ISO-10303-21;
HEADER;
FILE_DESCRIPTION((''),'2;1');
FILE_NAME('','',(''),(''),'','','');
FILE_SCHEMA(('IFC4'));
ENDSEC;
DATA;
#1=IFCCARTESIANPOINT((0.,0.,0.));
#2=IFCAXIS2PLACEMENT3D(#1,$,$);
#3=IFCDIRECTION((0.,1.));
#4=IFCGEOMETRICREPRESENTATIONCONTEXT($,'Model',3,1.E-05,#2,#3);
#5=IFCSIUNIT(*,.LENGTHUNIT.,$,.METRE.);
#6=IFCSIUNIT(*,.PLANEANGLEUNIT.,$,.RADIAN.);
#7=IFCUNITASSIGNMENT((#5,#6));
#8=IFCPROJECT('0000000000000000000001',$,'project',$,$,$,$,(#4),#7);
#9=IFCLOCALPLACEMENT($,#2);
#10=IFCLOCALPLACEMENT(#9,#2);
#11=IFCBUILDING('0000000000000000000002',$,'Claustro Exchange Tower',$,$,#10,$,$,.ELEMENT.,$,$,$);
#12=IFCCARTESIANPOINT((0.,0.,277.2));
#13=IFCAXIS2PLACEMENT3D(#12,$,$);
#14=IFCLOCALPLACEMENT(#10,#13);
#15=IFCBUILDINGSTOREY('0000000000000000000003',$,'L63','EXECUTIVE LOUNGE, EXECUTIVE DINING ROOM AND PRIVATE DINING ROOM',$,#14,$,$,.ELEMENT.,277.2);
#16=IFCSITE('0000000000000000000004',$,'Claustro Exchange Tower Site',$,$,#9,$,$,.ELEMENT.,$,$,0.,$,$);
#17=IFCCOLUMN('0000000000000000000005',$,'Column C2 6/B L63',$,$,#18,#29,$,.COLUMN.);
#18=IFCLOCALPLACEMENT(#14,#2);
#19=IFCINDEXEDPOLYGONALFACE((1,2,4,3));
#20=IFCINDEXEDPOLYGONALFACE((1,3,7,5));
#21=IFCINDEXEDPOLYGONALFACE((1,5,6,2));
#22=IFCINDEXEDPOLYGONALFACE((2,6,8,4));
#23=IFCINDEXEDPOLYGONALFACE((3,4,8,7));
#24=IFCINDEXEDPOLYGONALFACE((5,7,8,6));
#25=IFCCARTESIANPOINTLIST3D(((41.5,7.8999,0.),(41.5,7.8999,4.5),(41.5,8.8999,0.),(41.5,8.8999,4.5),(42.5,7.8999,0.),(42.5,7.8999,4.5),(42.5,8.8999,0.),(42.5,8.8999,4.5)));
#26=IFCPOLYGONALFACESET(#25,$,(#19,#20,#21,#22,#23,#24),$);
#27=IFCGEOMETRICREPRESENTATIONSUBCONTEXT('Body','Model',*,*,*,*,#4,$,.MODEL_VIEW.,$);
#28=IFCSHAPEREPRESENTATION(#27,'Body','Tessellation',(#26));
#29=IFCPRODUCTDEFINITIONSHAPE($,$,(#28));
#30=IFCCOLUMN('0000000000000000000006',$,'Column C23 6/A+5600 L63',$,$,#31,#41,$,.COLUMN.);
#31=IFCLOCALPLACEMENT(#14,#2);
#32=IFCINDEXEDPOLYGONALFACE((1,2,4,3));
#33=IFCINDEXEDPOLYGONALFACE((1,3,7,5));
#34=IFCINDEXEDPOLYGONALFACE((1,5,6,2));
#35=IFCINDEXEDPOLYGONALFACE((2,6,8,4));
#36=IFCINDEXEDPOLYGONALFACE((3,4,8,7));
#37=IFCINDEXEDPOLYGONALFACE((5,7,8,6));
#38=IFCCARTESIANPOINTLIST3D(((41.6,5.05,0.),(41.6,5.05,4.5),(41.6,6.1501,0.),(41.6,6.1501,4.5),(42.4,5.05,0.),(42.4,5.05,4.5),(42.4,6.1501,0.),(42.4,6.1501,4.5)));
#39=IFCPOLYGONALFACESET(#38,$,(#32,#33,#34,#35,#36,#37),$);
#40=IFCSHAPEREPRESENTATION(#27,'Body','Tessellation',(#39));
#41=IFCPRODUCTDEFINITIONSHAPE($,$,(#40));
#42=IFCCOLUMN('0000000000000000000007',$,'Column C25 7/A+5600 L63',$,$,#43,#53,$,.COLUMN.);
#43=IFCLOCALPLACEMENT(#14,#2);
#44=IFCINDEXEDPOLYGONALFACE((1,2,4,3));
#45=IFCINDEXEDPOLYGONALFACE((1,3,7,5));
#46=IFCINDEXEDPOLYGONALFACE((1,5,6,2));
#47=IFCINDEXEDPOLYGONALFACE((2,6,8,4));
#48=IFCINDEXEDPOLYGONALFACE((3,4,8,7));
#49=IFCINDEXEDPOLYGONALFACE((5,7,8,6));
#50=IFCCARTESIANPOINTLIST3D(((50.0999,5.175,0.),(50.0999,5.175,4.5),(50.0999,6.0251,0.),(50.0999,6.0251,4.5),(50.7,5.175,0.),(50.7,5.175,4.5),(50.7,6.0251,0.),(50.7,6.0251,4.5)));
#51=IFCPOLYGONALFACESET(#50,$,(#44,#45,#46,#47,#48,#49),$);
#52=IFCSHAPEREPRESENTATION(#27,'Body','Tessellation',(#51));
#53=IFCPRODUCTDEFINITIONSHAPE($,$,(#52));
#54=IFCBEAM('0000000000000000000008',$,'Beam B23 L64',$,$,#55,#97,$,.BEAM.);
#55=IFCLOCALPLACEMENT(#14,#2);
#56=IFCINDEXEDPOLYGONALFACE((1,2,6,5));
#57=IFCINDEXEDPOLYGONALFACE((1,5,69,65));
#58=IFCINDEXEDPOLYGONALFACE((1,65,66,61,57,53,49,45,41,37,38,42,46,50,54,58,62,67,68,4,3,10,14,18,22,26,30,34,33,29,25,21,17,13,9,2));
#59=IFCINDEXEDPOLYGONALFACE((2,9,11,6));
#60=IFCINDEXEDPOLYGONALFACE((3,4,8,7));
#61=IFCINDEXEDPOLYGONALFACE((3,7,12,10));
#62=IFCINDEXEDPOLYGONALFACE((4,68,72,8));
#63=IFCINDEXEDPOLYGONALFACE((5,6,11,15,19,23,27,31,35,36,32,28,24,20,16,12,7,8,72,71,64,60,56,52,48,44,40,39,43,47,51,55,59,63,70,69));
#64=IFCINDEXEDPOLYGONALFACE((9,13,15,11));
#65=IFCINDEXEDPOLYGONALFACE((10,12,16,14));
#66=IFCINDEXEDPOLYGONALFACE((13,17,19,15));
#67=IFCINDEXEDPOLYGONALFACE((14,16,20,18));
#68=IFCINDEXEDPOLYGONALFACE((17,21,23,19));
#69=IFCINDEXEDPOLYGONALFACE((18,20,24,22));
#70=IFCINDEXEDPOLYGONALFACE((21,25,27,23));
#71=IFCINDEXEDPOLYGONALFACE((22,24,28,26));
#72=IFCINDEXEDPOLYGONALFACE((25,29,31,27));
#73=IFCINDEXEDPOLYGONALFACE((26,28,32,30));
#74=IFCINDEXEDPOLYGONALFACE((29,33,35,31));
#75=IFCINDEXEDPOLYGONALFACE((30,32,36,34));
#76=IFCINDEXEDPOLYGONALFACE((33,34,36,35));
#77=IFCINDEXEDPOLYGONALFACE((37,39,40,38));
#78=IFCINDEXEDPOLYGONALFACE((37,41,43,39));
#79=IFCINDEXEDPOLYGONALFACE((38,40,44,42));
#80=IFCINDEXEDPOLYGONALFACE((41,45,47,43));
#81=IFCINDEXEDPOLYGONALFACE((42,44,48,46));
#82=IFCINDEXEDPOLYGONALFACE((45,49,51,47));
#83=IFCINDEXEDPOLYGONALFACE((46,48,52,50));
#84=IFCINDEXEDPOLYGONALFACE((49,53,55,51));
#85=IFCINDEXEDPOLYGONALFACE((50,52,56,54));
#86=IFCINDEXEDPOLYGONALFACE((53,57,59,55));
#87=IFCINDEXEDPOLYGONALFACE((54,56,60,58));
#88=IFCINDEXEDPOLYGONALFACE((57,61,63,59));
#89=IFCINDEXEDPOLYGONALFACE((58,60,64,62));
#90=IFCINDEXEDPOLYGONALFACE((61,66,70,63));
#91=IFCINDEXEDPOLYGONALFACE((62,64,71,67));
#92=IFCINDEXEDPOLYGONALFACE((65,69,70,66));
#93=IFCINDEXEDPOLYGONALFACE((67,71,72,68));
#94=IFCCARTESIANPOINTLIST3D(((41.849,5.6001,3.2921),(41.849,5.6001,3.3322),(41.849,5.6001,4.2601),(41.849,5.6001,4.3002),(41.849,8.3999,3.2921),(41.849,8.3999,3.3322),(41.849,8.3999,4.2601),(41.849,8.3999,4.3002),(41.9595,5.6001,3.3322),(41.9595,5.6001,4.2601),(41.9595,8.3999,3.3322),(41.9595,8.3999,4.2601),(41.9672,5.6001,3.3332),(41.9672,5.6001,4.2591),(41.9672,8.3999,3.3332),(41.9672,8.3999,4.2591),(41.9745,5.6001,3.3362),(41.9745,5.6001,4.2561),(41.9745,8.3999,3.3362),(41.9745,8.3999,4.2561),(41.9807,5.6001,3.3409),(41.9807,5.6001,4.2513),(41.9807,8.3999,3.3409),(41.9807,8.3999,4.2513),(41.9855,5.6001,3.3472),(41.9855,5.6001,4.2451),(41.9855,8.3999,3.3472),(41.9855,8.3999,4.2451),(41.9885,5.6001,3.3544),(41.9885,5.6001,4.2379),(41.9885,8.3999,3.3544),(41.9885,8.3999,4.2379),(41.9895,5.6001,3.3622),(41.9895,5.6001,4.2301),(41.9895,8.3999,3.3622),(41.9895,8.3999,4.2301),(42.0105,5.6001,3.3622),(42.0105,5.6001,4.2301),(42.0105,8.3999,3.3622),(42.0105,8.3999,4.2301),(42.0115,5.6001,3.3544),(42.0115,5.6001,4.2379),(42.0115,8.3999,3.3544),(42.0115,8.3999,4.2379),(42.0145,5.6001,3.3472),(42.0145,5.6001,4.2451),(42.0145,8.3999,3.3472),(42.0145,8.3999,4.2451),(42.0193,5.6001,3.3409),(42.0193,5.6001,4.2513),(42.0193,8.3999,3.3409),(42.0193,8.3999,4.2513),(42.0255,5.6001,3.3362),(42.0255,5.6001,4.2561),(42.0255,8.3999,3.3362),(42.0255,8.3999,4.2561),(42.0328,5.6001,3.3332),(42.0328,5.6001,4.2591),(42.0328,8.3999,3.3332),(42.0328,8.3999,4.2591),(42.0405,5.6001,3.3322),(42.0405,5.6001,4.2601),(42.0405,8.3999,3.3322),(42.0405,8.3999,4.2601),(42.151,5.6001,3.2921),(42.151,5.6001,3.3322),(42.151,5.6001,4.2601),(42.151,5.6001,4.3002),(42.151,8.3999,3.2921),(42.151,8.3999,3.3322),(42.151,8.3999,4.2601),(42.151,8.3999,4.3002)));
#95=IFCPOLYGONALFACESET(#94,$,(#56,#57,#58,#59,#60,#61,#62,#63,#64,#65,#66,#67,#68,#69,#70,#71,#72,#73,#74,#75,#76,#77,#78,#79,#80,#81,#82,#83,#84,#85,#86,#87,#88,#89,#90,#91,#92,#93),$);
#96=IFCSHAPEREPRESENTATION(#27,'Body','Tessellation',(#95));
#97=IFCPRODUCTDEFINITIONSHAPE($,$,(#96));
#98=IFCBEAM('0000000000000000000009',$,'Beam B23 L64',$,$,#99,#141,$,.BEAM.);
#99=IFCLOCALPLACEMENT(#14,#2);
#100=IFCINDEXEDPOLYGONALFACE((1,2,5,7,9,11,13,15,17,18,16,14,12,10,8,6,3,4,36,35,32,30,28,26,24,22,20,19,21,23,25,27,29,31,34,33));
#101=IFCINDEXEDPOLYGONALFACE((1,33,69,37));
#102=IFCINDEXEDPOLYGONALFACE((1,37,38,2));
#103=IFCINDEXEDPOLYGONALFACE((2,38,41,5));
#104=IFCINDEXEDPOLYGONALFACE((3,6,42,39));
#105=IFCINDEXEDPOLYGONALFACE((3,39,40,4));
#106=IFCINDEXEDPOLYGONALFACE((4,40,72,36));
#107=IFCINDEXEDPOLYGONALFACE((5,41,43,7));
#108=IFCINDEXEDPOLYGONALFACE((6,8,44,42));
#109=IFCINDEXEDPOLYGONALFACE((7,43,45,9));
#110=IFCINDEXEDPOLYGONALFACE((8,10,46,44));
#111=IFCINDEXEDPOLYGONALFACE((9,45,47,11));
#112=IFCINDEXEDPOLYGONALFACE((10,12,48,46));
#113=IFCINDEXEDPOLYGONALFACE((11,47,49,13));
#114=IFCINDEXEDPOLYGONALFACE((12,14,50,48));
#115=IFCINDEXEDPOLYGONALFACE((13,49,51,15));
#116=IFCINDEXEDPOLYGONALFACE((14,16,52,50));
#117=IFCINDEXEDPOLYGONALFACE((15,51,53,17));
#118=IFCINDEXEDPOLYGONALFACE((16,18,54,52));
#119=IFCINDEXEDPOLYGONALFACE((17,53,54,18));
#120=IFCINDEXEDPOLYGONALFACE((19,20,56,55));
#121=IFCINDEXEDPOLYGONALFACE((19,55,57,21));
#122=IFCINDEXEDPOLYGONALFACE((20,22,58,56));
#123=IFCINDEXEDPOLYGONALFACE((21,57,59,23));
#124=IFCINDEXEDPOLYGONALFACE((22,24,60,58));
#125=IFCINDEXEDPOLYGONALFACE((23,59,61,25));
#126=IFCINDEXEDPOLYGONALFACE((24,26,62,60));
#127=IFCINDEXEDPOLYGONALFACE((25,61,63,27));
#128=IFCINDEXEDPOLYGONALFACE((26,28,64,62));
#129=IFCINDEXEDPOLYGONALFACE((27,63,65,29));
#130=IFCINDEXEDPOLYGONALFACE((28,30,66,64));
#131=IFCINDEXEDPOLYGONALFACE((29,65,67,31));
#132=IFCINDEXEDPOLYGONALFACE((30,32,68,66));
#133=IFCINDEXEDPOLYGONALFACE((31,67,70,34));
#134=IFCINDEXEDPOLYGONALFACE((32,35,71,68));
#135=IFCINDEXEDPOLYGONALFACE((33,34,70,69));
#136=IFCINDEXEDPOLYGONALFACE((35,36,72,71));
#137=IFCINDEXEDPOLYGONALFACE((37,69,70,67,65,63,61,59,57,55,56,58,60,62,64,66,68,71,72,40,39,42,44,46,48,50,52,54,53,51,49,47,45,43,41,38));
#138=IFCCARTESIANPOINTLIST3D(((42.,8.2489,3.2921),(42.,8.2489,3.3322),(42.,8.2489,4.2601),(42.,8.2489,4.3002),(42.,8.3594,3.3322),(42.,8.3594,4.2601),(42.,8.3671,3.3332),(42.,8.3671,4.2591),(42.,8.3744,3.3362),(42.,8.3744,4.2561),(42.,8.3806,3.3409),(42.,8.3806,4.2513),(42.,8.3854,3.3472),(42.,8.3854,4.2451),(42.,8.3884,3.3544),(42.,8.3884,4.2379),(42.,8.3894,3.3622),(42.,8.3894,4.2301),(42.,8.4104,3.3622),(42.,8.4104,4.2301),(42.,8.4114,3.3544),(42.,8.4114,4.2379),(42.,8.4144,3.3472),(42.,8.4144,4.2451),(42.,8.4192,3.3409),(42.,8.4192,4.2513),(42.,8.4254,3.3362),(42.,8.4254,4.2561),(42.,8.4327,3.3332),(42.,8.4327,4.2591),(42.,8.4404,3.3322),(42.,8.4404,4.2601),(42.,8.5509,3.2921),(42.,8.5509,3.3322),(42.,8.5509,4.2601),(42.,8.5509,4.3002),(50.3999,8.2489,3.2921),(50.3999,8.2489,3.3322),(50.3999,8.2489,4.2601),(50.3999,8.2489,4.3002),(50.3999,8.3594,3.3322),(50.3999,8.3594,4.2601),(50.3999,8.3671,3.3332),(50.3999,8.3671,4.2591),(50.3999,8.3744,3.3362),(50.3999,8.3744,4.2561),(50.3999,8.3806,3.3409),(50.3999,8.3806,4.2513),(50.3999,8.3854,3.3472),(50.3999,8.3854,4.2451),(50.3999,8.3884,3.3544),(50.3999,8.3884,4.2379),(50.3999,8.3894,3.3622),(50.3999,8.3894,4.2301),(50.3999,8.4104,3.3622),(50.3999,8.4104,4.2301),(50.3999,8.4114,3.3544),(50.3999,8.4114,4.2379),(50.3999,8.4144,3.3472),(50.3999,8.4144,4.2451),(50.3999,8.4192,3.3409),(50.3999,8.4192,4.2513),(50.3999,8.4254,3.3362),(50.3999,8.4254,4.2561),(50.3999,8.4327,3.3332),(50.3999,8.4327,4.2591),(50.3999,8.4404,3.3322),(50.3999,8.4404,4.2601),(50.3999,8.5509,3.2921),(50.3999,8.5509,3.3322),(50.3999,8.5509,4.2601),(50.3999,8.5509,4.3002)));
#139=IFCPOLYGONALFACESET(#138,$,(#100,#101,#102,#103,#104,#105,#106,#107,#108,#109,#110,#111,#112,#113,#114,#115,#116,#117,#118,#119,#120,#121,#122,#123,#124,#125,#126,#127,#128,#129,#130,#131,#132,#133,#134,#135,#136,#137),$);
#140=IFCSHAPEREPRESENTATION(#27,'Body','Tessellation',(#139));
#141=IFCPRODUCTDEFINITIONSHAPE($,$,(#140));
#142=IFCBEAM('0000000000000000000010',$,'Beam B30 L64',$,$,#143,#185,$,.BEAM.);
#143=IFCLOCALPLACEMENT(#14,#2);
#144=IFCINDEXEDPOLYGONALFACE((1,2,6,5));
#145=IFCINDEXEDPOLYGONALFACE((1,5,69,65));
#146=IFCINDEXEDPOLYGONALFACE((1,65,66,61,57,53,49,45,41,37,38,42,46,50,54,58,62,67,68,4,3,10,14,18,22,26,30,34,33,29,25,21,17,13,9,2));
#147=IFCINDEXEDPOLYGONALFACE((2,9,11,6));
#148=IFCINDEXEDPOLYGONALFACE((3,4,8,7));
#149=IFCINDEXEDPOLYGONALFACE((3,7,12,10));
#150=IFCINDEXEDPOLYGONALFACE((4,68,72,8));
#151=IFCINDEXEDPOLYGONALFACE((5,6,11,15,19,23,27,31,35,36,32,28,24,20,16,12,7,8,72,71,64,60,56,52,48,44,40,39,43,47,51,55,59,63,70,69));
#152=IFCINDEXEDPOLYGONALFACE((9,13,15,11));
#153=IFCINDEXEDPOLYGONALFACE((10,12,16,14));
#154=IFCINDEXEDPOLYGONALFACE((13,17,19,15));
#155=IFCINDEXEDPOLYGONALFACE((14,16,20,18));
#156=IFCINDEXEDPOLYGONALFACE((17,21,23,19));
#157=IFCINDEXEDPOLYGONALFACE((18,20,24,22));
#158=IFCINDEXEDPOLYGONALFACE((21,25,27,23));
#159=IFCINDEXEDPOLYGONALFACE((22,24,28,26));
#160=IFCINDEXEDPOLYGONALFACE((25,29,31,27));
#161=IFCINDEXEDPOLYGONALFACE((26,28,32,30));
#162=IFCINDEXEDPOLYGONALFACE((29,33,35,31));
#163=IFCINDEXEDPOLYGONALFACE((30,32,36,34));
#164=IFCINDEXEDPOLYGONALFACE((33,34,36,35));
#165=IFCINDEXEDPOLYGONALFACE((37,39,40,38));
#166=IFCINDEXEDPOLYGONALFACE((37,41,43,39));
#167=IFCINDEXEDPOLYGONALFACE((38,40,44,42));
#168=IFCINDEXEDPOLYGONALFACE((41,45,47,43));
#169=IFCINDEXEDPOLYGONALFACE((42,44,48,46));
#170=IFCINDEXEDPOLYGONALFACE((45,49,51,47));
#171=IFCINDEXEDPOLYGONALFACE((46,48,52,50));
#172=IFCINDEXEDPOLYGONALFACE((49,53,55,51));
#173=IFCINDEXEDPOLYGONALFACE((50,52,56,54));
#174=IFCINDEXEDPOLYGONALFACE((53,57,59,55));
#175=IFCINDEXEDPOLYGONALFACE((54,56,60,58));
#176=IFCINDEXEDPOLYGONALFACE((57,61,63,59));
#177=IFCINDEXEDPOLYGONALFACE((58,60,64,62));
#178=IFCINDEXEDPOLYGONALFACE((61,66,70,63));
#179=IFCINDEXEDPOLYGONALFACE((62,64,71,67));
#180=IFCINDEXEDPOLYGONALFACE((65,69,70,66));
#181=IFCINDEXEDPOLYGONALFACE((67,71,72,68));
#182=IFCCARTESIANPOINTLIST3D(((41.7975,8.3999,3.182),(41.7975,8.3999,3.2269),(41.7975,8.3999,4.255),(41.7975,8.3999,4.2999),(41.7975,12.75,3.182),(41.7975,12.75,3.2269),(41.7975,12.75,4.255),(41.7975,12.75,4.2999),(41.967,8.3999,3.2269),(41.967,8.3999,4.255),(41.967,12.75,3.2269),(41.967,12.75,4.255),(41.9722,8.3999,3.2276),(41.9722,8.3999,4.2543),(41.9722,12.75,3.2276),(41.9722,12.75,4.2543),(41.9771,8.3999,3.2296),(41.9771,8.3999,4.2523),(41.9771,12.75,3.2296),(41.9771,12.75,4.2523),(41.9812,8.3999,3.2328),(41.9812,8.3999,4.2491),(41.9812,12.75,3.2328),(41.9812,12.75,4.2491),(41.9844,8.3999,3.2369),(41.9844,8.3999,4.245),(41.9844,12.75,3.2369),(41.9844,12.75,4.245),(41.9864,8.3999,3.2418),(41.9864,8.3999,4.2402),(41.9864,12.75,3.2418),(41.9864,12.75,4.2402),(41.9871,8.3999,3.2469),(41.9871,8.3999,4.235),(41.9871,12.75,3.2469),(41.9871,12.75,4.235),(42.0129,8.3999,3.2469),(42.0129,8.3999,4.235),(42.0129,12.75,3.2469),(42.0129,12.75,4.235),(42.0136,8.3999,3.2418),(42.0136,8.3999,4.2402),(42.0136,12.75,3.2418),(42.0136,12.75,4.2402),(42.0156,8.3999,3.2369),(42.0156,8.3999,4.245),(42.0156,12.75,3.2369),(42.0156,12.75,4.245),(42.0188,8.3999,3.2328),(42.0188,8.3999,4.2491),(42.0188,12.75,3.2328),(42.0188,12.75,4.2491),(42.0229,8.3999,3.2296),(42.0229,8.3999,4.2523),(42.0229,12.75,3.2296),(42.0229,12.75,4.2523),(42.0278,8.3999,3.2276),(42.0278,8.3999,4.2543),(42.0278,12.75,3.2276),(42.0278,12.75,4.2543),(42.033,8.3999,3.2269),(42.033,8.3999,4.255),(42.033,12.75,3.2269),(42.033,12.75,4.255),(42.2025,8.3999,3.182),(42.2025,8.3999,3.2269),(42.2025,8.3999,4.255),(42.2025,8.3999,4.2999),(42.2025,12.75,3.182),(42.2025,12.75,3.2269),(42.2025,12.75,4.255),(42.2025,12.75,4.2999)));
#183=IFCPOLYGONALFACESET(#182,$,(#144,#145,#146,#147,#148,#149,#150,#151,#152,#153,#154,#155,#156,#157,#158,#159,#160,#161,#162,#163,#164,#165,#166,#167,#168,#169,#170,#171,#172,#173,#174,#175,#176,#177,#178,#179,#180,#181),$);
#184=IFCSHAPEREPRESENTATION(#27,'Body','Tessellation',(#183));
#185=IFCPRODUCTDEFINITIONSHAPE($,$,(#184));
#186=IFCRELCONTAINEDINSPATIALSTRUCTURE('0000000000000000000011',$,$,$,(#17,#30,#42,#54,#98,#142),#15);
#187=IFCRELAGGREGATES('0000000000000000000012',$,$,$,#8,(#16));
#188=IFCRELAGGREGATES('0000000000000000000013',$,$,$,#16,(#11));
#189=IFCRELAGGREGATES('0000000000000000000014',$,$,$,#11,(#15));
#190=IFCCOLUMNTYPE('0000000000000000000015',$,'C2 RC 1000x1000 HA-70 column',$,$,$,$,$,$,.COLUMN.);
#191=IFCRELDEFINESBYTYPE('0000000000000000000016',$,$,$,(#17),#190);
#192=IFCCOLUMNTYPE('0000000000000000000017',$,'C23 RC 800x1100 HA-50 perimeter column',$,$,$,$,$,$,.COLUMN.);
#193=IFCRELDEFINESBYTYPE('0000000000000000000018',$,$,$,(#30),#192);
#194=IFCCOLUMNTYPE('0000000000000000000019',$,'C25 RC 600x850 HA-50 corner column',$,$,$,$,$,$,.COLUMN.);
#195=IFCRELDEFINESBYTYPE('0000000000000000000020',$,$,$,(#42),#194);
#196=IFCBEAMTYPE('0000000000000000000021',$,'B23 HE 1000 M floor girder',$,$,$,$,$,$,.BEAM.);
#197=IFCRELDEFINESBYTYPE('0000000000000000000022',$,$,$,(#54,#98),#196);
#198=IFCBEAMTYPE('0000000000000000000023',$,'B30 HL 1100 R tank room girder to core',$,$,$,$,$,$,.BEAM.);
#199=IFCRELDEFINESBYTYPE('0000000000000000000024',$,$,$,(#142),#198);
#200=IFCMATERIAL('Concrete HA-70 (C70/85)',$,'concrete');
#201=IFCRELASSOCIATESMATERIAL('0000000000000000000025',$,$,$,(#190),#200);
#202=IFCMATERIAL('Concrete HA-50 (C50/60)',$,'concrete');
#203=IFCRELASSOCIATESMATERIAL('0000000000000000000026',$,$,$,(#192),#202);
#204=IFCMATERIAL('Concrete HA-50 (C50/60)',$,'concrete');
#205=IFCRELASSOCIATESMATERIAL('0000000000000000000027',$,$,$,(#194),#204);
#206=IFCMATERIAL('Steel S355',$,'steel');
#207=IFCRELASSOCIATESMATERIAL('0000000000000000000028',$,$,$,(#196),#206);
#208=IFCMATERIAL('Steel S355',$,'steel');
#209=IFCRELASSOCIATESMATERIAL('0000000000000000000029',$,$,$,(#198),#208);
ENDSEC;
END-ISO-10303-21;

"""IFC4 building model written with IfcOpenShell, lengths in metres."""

from ifc_helpers import new_model, si_unit, direction, frame, origin, origin_2d, place, context, subcontext, project, spatial, rectangle, i_section, extrude, material, material_profile, profile_set, type_object, element, save


model = new_model("IFC4")

# Units and contexts
model_context = context("Model", 3, precision=1e-05, world=origin(), true_north=direction((0.0, 1.0)))
body_context = subcontext(model_context, "Body", "Model", "MODEL_VIEW")
ifc_project = project(units=[si_unit("LENGTHUNIT", "METRE"), si_unit("PLANEANGLEUNIT", "RADIAN")], contexts=[model_context])

# Site, building, storey
site_placement = place(None, origin())
site = spatial("IfcSite", under=ifc_project, at=site_placement, Name="Claustro Exchange Tower Site", CompositionType="ELEMENT", RefElevation=0.0)
building_placement = place(site_placement, origin())
building = spatial("IfcBuilding", under=site, at=building_placement, Name="Claustro Exchange Tower", CompositionType="ELEMENT")
storey_placement = place(building_placement, frame((0.0, 0.0, 277.2)))
storey = spatial("IfcBuildingStorey", under=building, at=storey_placement, Name="L63", Description="EXECUTIVE LOUNGE, EXECUTIVE DINING ROOM AND PRIVATE DINING ROOM", CompositionType="ELEMENT", Elevation=277.2)

# Columns
ifc_material_1 = material(Name="Concrete HA-70 (C70/85)", Category="concrete")
ifc_material_profile_1 = material_profile(ifc_material_1, rectangle(XDim=1.0, YDim=1.0, at=origin_2d()), Name="RC 1000x1000")
ifc_profile_set_1 = profile_set([ifc_material_profile_1], Name="Concrete HA-70 (C70/85)")
column_type_1 = type_object("IfcColumnType", Name="C2 RC 1000x1000 HA-70 column", PredefinedType="COLUMN", material=ifc_profile_set_1)
column_1_placement = place(storey_placement, frame((42.0, 8.3999, 0.0), z_axis=(0.0, 0.0, 1.0), x_axis=(1.0, 0.0, 0.0)))
element("IfcColumn", 1, at=column_1_placement, inside=storey, type_object=column_type_1, Name="Column C2 6/B L63", PredefinedType="COLUMN", context=body_context, shape_type="SweptSolid", body=[
    extrude(rectangle(XDim=1.0, YDim=1.0, at=origin_2d()), origin(), (0.0, 0.0, 1.0), 4.5),
])
ifc_material_2 = material(Name="Concrete HA-50 (C50/60)", Category="concrete")
ifc_material_profile_2 = material_profile(ifc_material_2, rectangle(XDim=0.8, YDim=1.1001, at=origin_2d()), Name="RC 800x1100")
ifc_profile_set_2 = profile_set([ifc_material_profile_2], Name="Concrete HA-50 (C50/60)")
column_type_2 = type_object("IfcColumnType", Name="C23 RC 800x1100 HA-50 perimeter column", PredefinedType="COLUMN", material=ifc_profile_set_2)
column_2_placement = place(storey_placement, frame((42.0, 5.6001, 0.0), z_axis=(0.0, 0.0, 1.0), x_axis=(1.0, 0.0, 0.0)))
element("IfcColumn", 2, at=column_2_placement, inside=storey, type_object=column_type_2, Name="Column C23 6/A+5600 L63", PredefinedType="COLUMN", context=body_context, shape_type="SweptSolid", body=[
    extrude(rectangle(XDim=0.8, YDim=1.1001, at=origin_2d()), origin(), (0.0, 0.0, 1.0), 4.5),
])
ifc_material_3 = material(Name="Concrete HA-50 (C50/60)", Category="concrete")
ifc_material_profile_3 = material_profile(ifc_material_3, rectangle(XDim=0.6001, YDim=0.8501, at=origin_2d()), Name="RC 600x850")
ifc_profile_set_3 = profile_set([ifc_material_profile_3], Name="Concrete HA-50 (C50/60)")
column_type_3 = type_object("IfcColumnType", Name="C25 RC 600x850 HA-50 corner column", PredefinedType="COLUMN", material=ifc_profile_set_3)
column_3_placement = place(storey_placement, frame((50.3999, 5.6001, 0.0), z_axis=(0.0, 0.0, 1.0), x_axis=(1.0, 0.0, 0.0)))
element("IfcColumn", 3, at=column_3_placement, inside=storey, type_object=column_type_3, Name="Column C25 7/A+5600 L63", PredefinedType="COLUMN", context=body_context, shape_type="SweptSolid", body=[
    extrude(rectangle(XDim=0.6001, YDim=0.8501, at=origin_2d()), origin(), (0.0, 0.0, 1.0), 4.5),
])

# Beams
ifc_material_4 = material(Name="Steel S355", Category="steel")
ifc_material_profile_4 = material_profile(ifc_material_4, i_section(OverallWidth=0.302, OverallDepth=1.0081, WebThickness=0.021, FlangeThickness=0.04, FilletRadius=0.03, at=origin_2d()), Name="HE 1000 M")
ifc_profile_set_4 = profile_set([ifc_material_profile_4], Name="Steel S355")
beam_type_1 = type_object("IfcBeamType", Name="B23 HE 1000 M floor girder", PredefinedType="BEAM", material=ifc_profile_set_4)
beam_1_placement = place(storey_placement, frame((42.0, 5.6001, 3.7961), z_axis=(0.0, 1.0, 0.0), x_axis=(-1.0, 0.0, 0.0)))
element("IfcBeam", 4, at=beam_1_placement, inside=storey, type_object=beam_type_1, Name="Beam B23 L64", PredefinedType="BEAM", context=body_context, shape_type="SweptSolid", body=[
    extrude(i_section(OverallWidth=0.302, OverallDepth=1.0081, WebThickness=0.021, FlangeThickness=0.04, FilletRadius=0.03, at=origin_2d()), origin(), (0.0, 0.0, 1.0), 2.7998),
])
beam_2_placement = place(storey_placement, frame((42.0, 8.3999, 3.7961), z_axis=(1.0, 0.0, 0.0), x_axis=(0.0, 1.0, 0.0)))
element("IfcBeam", 5, at=beam_2_placement, inside=storey, type_object=beam_type_1, Name="Beam B23 L64", PredefinedType="BEAM", context=body_context, shape_type="SweptSolid", body=[
    extrude(i_section(OverallWidth=0.302, OverallDepth=1.0081, WebThickness=0.021, FlangeThickness=0.04, FilletRadius=0.03, at=origin_2d()), origin(), (0.0, 0.0, 1.0), 8.3999),
])
ifc_material_5 = material(Name="Steel S355", Category="steel")
ifc_material_profile_5 = material_profile(ifc_material_5, i_section(OverallWidth=0.405, OverallDepth=1.1179, WebThickness=0.0259, FlangeThickness=0.0449, FilletRadius=0.02, at=origin_2d()), Name="HL 1100 R")
ifc_profile_set_5 = profile_set([ifc_material_profile_5], Name="Steel S355")
beam_type_2 = type_object("IfcBeamType", Name="B30 HL 1100 R tank room girder to core", PredefinedType="BEAM", material=ifc_profile_set_5)
beam_3_placement = place(storey_placement, frame((42.0, 8.3999, 3.741), z_axis=(0.0, 1.0, 0.0), x_axis=(-1.0, 0.0, 0.0)))
element("IfcBeam", 6, at=beam_3_placement, inside=storey, type_object=beam_type_2, Name="Beam B30 L64", PredefinedType="BEAM", context=body_context, shape_type="SweptSolid", body=[
    extrude(i_section(OverallWidth=0.405, OverallDepth=1.1179, WebThickness=0.0259, FlangeThickness=0.0449, FilletRadius=0.02, at=origin_2d()), origin(), (0.0, 0.0, 1.0), 4.3501),
])

save(model, "model.ifc")
